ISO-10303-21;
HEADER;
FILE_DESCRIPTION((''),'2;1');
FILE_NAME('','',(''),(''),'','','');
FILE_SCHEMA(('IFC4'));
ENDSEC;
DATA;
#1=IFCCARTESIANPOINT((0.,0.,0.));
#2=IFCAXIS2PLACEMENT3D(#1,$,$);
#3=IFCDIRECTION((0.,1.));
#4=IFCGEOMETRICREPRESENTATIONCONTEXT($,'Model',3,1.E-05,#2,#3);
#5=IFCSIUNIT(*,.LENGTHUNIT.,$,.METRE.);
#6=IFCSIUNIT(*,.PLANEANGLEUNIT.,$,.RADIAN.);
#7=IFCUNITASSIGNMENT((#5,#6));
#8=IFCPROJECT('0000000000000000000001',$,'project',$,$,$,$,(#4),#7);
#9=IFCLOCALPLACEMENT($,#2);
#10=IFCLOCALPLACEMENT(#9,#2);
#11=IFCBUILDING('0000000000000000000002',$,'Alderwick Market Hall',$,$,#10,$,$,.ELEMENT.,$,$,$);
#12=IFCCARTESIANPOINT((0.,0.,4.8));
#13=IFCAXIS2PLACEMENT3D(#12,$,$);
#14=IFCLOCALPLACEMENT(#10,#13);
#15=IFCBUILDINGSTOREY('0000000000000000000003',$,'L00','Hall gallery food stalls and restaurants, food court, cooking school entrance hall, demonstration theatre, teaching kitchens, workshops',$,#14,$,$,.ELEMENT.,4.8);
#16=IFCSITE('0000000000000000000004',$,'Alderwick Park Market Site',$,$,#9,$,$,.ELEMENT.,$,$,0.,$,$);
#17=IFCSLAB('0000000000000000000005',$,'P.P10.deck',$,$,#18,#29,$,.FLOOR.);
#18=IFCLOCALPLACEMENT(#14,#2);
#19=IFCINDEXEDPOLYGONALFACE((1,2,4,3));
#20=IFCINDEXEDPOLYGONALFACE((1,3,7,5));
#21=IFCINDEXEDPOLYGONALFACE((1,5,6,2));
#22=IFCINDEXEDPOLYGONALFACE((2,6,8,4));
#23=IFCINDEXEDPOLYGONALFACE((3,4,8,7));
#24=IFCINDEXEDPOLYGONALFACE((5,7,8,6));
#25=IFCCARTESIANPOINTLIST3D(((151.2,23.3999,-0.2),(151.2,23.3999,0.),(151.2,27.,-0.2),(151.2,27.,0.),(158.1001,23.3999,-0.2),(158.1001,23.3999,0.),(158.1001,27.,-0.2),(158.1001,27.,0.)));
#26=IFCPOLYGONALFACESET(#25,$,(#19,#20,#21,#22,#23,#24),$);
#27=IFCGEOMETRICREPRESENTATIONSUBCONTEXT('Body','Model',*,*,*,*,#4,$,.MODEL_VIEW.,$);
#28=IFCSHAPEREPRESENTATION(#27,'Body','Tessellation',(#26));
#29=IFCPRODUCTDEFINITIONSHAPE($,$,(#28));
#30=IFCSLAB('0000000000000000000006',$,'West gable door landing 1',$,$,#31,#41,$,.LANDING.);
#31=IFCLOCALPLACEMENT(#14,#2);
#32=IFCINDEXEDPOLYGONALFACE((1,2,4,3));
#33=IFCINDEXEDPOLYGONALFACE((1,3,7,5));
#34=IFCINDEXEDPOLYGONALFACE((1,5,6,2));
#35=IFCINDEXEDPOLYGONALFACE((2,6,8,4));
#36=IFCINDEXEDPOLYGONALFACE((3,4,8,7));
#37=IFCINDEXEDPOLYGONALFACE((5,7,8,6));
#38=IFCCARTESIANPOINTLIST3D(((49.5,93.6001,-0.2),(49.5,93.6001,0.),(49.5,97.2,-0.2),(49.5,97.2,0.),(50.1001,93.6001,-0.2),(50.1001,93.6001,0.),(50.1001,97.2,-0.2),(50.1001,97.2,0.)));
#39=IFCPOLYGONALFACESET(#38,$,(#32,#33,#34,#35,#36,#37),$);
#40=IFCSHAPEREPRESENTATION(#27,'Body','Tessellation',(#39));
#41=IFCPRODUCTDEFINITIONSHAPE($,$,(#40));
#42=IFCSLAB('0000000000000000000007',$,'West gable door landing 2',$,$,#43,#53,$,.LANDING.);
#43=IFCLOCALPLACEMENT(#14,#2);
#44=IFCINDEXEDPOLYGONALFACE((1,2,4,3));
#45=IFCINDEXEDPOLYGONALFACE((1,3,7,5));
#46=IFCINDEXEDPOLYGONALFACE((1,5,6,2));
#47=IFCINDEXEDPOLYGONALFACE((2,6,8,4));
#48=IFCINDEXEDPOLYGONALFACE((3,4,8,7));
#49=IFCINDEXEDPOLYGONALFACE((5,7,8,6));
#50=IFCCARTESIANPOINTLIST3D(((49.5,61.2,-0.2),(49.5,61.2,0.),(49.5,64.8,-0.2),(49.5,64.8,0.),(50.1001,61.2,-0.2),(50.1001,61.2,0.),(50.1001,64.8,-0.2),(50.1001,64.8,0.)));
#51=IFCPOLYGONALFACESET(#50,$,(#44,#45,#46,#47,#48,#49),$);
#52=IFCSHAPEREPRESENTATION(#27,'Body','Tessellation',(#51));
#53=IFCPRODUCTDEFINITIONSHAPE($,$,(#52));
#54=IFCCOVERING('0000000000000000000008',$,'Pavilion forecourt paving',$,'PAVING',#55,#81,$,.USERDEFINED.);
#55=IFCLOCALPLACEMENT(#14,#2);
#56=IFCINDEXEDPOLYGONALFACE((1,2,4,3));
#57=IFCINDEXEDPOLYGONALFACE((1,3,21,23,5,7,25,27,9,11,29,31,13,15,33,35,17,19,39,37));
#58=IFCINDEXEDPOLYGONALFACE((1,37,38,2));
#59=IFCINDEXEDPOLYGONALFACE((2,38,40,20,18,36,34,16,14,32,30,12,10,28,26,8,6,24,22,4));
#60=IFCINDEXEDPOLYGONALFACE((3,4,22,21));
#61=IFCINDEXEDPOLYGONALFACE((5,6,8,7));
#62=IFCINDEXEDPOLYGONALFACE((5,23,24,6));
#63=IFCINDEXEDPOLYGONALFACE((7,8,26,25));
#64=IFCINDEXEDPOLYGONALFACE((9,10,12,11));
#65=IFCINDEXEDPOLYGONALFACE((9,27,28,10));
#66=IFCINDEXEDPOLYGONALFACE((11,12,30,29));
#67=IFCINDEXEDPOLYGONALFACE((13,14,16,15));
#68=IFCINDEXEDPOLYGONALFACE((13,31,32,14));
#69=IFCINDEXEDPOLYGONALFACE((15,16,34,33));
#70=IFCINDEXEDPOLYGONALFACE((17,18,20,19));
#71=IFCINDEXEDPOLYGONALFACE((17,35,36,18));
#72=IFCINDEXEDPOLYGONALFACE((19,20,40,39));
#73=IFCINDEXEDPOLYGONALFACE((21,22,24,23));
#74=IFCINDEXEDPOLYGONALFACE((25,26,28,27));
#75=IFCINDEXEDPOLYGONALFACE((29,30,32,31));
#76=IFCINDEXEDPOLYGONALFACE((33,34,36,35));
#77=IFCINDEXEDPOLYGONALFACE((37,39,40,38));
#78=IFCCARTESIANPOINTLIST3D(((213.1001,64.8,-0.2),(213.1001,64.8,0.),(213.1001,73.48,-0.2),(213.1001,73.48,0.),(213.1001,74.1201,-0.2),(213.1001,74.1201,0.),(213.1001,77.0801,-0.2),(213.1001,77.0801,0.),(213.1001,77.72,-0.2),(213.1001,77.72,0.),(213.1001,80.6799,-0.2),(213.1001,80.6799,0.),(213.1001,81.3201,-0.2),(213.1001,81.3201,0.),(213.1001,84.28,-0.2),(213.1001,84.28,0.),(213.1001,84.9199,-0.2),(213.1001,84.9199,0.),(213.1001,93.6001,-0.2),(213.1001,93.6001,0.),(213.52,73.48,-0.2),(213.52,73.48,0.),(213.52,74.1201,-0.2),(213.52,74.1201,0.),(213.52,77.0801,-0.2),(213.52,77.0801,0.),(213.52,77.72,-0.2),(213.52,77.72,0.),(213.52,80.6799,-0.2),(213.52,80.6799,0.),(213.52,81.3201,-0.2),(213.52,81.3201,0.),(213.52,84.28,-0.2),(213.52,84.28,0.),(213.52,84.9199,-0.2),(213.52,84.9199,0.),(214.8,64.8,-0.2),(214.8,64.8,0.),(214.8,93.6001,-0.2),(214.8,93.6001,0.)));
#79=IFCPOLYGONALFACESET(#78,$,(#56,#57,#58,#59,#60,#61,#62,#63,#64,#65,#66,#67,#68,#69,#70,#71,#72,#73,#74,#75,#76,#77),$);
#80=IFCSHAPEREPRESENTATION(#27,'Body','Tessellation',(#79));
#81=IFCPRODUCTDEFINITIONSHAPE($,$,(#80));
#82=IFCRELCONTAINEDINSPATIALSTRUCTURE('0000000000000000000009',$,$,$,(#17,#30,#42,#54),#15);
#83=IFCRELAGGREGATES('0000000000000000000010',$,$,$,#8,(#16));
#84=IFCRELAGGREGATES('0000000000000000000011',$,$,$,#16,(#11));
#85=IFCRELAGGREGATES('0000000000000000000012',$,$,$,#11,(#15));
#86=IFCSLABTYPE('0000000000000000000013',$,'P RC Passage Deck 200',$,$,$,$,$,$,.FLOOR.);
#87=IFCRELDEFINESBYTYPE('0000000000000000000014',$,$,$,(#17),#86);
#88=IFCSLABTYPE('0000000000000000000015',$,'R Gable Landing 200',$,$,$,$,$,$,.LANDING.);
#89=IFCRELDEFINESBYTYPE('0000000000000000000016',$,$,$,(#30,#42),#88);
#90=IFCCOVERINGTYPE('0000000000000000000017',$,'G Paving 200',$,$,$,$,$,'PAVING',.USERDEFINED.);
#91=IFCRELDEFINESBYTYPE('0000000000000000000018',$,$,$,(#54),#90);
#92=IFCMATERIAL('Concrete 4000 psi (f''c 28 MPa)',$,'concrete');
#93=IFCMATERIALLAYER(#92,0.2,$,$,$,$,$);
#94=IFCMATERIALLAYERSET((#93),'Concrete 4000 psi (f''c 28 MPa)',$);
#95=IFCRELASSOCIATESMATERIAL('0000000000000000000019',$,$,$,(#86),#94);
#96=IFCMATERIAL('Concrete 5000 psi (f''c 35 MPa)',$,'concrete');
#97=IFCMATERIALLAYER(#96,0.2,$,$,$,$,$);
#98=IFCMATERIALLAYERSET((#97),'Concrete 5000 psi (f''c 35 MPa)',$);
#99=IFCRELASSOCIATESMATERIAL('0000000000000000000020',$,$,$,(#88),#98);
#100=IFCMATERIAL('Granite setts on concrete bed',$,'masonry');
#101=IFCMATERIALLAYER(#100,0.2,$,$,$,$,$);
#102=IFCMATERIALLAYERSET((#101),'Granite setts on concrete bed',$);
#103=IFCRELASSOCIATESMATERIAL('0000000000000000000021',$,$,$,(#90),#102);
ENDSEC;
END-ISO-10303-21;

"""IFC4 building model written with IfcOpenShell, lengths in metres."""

from ifc_helpers import new_model, si_unit, direction, frame, origin, place, context, subcontext, project, spatial, polyline, outline, extrude, material, layer, layer_set, type_object, element, save


model = new_model("IFC4")

# Units and contexts
model_context = context("Model", 3, precision=1e-05, world=origin(), true_north=direction((0.0, 1.0)))
body_context = subcontext(model_context, "Body", "Model", "MODEL_VIEW")
ifc_project = project(units=[si_unit("LENGTHUNIT", "METRE"), si_unit("PLANEANGLEUNIT", "RADIAN")], contexts=[model_context])

# Site, building, storey
site_placement = place(None, origin())
site = spatial("IfcSite", under=ifc_project, at=site_placement, Name="Alderwick Park Market Site", CompositionType="ELEMENT", RefElevation=0.0)
building_placement = place(site_placement, origin())
building = spatial("IfcBuilding", under=site, at=building_placement, Name="Alderwick Market Hall", CompositionType="ELEMENT")
storey_placement = place(building_placement, frame((0.0, 0.0, 4.8)))
storey = spatial("IfcBuildingStorey", under=building, at=storey_placement, Name="L00", Description="Hall gallery food stalls and restaurants, food court, cooking school entrance hall, demonstration theatre, teaching kitchens, workshops", CompositionType="ELEMENT", Elevation=4.8)

# Shared definitions
ifc_material_1 = material(Name="Concrete 4000 psi (f'c 28 MPa)", Category="concrete")

# Slabs
ifc_layer_1 = layer(ifc_material_1, 0.2)
ifc_layer_set_1 = layer_set([ifc_layer_1], Name="Concrete 4000 psi (f'c 28 MPa)")
slab_type_1 = type_object("IfcSlabType", Name="P RC Passage Deck 200", PredefinedType="FLOOR", material=ifc_layer_set_1)
slab_1_placement = place(storey_placement, frame((0.0, 0.0, -0.2)))
element("IfcSlab", 1, at=slab_1_placement, inside=storey, type_object=slab_type_1, Name="P.P10.deck", PredefinedType="FLOOR", context=body_context, shape_type="SweptSolid", body=[
    extrude(outline(polyline([(151.2, 23.3999), (158.1001, 23.3999), (158.1001, 27.0), (151.2, 27.0), (151.2, 23.3999)])), origin(), (0.0, 0.0, 1.0), 0.2),
])
ifc_material_2 = material(Name="Concrete 5000 psi (f'c 35 MPa)", Category="concrete")
ifc_layer_2 = layer(ifc_material_2, 0.2)
ifc_layer_set_2 = layer_set([ifc_layer_2], Name="Concrete 5000 psi (f'c 35 MPa)")
slab_type_2 = type_object("IfcSlabType", Name="R Gable Landing 200", PredefinedType="LANDING", material=ifc_layer_set_2)
slab_2_placement = place(storey_placement, frame((0.0, 0.0, -0.2)))
element("IfcSlab", 2, at=slab_2_placement, inside=storey, type_object=slab_type_2, Name="West gable door landing 1", PredefinedType="LANDING", context=body_context, shape_type="SweptSolid", body=[
    extrude(outline(polyline([(49.5, 93.6001), (50.1001, 93.6001), (50.1001, 97.2), (49.5, 97.2), (49.5, 93.6001)])), origin(), (0.0, 0.0, 1.0), 0.2),
])
slab_3_placement = place(storey_placement, frame((0.0, 0.0, -0.2)))
element("IfcSlab", 3, at=slab_3_placement, inside=storey, type_object=slab_type_2, Name="West gable door landing 2", PredefinedType="LANDING", context=body_context, shape_type="SweptSolid", body=[
    extrude(outline(polyline([(49.5, 61.2), (50.1001, 61.2), (50.1001, 64.8), (49.5, 64.8), (49.5, 61.2)])), origin(), (0.0, 0.0, 1.0), 0.2),
])

# Covering
ifc_material_3 = material(Name="Granite setts on concrete bed", Category="masonry")
ifc_layer_3 = layer(ifc_material_3, 0.2)
ifc_layer_set_3 = layer_set([ifc_layer_3], Name="Granite setts on concrete bed")
covering_type = type_object("IfcCoveringType", Name="G Paving 200", ElementType="PAVING", PredefinedType="USERDEFINED", material=ifc_layer_set_3)
covering_placement = place(storey_placement, frame((0.0, 0.0, -0.2)))
element("IfcCovering", 4, at=covering_placement, inside=storey, type_object=covering_type, Name="Pavilion forecourt paving", ObjectType="PAVING", PredefinedType="USERDEFINED", context=body_context, shape_type="SweptSolid", body=[
    extrude(outline(polyline([(213.1001, 93.6001), (214.8, 93.6001), (214.8, 64.8), (213.1001, 64.8), (213.1001, 73.48), (213.52, 73.48), (213.52, 74.1201), (213.1001, 74.1201), (213.1001, 77.0801), (213.52, 77.0801), (213.52, 77.72), (213.1001, 77.72), (213.1001, 80.6799), (213.52, 80.6799), (213.52, 81.3201), (213.1001, 81.3201), (213.1001, 84.28), (213.52, 84.28), (213.52, 84.9199), (213.1001, 84.9199), (213.1001, 93.6001)])), origin(), (0.0, 0.0, 1.0), 0.2),
])

save(model, "model.ifc")
